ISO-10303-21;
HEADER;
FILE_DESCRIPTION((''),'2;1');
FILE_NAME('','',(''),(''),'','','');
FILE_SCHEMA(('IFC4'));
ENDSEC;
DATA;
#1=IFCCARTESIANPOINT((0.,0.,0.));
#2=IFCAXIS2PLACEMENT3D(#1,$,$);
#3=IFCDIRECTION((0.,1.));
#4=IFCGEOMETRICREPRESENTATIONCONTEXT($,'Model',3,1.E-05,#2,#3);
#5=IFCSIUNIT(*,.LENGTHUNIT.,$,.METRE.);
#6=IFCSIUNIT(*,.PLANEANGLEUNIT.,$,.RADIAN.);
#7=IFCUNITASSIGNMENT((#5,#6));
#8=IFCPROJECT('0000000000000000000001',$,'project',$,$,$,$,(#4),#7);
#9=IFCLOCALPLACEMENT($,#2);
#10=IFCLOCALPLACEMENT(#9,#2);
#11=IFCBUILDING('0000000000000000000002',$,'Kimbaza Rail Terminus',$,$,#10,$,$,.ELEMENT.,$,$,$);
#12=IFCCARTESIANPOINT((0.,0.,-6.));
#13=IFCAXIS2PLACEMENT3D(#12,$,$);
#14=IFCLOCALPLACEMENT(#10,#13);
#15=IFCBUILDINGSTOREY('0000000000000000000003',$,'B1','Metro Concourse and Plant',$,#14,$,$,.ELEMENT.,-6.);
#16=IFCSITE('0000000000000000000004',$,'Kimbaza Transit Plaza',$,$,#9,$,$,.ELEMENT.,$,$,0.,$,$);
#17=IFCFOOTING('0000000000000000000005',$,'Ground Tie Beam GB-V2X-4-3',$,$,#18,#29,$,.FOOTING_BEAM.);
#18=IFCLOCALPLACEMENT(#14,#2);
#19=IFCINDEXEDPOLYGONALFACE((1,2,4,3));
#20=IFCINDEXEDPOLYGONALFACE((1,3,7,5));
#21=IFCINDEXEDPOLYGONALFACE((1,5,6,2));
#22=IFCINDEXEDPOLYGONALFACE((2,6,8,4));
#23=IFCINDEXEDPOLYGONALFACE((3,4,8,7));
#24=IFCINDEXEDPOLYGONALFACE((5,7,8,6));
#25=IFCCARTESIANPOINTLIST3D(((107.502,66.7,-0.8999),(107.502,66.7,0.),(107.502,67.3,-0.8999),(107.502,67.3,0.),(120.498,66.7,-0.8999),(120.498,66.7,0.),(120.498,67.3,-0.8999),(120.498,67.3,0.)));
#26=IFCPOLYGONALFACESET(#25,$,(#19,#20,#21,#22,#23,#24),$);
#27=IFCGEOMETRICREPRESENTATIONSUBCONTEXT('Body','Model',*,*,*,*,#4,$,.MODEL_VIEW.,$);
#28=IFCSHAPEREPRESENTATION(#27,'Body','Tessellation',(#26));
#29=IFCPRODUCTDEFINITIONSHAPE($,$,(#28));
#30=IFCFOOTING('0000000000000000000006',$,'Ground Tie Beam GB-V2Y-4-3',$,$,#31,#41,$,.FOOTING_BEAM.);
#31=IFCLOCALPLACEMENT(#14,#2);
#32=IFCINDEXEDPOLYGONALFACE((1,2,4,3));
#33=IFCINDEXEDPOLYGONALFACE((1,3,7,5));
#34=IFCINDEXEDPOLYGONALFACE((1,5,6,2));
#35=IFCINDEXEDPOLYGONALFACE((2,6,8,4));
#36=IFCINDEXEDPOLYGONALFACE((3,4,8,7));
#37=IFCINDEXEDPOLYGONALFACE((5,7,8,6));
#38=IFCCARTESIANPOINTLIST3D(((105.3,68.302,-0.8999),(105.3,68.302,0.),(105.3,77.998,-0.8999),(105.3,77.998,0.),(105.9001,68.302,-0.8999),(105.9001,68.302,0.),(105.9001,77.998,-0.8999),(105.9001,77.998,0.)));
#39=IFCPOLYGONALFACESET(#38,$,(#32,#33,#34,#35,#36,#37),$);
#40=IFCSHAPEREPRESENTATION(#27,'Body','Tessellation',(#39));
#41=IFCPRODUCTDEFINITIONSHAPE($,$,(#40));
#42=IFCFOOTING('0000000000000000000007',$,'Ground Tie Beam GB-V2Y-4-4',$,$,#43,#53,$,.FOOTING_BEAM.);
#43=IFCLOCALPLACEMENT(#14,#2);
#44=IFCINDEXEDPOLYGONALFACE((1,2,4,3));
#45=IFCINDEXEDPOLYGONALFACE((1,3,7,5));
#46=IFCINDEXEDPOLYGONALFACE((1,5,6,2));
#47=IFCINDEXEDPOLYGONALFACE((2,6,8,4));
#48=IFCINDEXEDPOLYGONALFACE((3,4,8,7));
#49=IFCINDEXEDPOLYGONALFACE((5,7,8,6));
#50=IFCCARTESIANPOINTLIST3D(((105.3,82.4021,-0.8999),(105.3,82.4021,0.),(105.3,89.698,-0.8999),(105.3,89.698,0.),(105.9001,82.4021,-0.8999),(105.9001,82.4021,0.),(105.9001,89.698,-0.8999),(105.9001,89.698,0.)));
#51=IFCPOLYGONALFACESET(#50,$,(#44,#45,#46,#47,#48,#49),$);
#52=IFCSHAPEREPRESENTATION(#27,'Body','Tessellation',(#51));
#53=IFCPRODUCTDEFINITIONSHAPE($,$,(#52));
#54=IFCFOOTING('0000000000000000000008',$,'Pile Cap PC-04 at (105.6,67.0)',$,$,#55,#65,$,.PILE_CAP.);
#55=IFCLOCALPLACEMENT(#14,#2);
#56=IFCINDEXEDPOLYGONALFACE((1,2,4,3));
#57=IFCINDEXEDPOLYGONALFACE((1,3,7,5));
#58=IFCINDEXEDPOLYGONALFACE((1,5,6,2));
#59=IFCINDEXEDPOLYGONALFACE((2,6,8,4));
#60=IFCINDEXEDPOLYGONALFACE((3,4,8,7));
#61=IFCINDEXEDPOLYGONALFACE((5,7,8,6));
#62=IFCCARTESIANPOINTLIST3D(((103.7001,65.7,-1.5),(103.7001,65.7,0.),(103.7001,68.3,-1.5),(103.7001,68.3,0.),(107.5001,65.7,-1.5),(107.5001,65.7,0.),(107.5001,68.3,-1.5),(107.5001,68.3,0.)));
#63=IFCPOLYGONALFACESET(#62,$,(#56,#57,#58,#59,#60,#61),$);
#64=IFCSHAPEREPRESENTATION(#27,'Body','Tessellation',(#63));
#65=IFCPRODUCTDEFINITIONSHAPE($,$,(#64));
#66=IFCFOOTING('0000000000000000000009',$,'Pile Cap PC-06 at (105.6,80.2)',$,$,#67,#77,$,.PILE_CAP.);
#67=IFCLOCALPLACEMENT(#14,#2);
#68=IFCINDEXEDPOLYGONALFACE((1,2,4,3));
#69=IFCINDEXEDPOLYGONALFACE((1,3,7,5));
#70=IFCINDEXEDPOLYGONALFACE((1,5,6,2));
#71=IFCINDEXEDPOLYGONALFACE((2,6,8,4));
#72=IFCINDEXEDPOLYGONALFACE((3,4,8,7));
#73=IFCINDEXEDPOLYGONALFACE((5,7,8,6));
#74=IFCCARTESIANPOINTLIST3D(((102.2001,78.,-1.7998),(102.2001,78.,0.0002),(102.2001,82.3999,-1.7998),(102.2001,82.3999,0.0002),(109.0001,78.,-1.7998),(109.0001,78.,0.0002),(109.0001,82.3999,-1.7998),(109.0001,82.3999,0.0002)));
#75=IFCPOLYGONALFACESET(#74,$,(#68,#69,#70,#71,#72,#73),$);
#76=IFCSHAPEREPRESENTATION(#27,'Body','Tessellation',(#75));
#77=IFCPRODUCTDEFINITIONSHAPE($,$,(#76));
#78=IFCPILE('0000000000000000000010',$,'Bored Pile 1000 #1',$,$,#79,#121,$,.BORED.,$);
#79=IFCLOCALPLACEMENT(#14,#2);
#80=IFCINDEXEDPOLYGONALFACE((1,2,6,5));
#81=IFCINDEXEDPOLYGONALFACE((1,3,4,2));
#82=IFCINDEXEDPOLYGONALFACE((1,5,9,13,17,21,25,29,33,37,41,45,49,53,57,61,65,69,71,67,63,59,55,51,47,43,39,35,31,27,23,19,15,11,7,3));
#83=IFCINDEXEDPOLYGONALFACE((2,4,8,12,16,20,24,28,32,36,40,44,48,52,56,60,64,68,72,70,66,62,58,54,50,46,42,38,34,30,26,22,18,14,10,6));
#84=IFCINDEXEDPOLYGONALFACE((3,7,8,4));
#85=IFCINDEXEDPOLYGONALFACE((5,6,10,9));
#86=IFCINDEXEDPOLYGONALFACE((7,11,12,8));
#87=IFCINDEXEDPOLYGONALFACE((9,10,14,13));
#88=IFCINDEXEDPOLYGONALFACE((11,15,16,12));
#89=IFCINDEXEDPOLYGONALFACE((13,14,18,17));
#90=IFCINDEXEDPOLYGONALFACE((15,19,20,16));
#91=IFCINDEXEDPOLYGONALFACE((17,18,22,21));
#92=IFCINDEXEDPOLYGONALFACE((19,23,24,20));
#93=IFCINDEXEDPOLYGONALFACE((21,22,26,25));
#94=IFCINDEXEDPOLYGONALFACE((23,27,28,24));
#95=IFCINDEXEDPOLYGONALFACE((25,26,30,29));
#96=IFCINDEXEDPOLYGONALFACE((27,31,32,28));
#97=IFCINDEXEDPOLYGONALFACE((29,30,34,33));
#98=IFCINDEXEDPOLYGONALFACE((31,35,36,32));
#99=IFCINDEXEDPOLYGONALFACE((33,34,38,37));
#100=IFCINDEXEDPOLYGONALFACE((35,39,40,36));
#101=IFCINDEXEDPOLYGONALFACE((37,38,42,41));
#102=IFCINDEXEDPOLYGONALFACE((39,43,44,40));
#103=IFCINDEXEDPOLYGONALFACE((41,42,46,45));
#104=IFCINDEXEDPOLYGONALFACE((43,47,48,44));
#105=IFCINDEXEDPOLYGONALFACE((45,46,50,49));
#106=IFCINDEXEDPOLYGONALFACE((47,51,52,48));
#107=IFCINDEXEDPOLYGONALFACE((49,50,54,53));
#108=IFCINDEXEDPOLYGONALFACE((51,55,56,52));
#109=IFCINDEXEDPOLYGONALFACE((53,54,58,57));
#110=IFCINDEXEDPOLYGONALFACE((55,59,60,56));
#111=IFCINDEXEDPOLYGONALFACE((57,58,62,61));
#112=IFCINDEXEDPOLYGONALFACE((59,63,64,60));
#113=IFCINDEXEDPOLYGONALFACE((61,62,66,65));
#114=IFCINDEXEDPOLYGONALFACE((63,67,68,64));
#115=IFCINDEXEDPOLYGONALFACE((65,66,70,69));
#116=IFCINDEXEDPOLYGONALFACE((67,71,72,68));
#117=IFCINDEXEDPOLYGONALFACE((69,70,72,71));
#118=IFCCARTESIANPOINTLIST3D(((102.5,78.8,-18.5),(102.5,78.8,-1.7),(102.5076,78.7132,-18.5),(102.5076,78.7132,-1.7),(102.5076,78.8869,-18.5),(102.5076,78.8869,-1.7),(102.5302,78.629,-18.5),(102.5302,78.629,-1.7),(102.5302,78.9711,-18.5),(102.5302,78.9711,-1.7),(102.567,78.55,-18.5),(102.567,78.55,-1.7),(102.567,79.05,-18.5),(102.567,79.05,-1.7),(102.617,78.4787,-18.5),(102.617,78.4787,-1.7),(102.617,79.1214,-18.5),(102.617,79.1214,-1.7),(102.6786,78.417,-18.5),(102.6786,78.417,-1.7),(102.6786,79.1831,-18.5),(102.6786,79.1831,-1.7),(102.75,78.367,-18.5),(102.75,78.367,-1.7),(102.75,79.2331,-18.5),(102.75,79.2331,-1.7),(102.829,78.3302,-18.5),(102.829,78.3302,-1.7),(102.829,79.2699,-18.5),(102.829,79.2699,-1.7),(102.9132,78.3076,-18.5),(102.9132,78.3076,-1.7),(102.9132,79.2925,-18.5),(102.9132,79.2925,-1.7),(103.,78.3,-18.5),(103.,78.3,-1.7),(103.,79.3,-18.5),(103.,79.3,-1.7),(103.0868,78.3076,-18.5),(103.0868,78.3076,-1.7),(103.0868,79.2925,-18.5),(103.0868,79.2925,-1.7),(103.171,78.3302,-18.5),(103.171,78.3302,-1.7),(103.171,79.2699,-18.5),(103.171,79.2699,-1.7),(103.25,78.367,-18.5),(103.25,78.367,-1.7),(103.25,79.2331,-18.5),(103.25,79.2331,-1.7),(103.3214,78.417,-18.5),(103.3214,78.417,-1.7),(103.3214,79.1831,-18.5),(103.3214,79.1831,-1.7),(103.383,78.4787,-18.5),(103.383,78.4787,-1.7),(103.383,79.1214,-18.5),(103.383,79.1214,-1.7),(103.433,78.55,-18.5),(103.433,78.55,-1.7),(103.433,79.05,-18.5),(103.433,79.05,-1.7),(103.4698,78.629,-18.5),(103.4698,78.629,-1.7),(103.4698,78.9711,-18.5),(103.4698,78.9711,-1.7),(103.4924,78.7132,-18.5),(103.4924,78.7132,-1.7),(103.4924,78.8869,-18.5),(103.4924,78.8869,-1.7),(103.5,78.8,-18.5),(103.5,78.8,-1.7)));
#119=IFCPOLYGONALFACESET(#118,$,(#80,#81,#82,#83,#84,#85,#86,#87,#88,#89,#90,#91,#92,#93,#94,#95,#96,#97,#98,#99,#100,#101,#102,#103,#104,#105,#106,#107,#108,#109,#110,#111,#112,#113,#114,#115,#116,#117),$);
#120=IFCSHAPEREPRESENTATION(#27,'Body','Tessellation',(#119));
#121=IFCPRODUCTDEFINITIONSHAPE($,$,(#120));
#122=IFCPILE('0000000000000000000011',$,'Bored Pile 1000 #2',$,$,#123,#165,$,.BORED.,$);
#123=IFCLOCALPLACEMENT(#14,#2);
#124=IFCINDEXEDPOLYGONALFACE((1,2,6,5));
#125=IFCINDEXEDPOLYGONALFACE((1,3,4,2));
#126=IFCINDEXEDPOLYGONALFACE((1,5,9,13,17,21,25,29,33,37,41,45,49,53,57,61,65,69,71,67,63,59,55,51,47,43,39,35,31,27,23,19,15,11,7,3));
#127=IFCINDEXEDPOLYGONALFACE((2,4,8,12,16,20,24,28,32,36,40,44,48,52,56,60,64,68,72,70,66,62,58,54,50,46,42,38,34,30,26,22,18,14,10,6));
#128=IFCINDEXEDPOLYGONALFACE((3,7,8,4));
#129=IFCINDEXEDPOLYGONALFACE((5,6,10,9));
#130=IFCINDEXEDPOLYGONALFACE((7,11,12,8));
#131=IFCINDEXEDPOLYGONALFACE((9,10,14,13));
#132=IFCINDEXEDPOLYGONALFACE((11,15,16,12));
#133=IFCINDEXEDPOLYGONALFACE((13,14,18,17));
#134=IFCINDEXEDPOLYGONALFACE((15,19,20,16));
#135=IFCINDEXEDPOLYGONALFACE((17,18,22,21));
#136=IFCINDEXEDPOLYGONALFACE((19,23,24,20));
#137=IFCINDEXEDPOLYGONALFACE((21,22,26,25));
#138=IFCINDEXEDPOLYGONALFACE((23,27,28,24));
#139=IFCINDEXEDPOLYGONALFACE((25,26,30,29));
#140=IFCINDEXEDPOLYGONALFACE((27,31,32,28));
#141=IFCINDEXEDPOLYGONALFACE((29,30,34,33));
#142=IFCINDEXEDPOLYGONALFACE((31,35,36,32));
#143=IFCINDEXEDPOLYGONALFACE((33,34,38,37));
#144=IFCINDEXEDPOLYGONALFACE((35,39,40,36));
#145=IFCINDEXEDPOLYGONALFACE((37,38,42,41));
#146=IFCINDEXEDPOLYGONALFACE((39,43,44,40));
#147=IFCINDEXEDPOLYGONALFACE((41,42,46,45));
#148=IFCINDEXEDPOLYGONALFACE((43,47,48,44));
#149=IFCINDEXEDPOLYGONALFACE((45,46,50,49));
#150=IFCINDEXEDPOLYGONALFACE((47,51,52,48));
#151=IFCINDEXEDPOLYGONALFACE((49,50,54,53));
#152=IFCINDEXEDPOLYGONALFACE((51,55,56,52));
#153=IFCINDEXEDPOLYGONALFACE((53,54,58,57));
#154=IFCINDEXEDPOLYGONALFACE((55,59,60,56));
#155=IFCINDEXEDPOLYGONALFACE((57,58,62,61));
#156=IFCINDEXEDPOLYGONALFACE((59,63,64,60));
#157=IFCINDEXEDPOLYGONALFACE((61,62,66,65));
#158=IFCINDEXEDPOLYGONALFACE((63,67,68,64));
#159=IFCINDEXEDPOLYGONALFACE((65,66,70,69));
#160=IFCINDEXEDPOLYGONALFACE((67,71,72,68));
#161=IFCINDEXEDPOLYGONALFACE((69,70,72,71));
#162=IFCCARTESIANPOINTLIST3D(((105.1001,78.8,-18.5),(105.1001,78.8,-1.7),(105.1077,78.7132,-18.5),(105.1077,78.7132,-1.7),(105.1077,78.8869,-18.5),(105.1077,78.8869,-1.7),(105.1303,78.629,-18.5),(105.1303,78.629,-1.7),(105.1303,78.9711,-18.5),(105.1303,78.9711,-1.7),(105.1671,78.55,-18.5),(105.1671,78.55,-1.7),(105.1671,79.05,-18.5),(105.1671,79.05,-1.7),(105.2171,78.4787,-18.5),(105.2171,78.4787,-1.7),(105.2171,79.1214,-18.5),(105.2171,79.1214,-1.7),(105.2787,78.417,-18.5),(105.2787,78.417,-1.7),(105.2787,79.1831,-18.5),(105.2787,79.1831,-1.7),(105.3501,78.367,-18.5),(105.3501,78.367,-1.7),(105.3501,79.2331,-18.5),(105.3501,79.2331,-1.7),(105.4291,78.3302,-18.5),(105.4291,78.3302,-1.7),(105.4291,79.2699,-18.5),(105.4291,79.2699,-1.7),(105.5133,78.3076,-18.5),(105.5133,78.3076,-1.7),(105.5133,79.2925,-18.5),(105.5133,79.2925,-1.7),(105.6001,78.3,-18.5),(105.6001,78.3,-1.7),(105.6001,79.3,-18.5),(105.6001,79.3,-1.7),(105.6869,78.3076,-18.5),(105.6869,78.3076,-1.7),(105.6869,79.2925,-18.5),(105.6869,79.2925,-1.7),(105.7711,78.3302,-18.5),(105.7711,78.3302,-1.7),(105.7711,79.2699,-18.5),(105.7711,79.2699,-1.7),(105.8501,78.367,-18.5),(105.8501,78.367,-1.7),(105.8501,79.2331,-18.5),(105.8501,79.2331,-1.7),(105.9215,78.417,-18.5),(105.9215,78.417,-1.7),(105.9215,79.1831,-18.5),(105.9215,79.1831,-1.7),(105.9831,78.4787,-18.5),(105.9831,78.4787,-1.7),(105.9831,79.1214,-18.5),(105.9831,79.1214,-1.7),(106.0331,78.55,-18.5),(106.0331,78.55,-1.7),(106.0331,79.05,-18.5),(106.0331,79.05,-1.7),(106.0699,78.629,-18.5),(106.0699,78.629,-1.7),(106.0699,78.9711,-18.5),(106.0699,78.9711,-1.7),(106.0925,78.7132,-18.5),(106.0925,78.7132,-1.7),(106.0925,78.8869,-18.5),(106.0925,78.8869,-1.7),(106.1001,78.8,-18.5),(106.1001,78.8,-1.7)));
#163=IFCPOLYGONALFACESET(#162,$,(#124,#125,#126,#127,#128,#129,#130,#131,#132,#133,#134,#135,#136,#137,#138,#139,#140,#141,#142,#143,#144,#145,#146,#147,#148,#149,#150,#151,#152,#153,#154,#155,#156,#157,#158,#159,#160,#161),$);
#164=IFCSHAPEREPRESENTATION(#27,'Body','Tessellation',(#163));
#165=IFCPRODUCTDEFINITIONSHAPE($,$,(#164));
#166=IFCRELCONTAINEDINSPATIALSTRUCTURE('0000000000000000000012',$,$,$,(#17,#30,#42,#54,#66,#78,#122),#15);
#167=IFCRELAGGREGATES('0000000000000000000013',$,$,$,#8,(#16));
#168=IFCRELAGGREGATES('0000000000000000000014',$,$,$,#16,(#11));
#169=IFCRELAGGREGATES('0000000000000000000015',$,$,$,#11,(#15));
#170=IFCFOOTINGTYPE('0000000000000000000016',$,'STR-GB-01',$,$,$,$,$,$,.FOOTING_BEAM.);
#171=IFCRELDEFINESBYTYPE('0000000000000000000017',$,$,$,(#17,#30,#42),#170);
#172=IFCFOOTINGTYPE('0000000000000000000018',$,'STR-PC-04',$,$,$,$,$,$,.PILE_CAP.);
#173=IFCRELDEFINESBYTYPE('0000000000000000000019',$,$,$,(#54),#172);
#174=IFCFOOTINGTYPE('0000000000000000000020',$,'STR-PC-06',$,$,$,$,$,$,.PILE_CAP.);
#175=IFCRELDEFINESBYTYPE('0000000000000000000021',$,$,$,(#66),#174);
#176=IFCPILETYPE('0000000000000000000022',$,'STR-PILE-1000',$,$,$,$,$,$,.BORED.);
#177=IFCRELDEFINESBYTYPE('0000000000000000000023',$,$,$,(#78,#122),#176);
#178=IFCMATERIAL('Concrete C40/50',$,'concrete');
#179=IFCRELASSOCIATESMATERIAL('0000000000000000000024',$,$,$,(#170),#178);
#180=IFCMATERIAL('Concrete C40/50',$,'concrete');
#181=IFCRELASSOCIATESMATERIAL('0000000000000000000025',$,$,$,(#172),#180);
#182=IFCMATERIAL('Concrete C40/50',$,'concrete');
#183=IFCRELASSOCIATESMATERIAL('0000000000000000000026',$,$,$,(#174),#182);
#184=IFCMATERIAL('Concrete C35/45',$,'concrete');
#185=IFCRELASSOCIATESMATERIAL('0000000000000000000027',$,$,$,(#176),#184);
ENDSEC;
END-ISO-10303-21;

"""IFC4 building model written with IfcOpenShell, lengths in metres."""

from ifc_helpers import new_model, si_unit, direction, frame, origin, origin_2d, place, context, subcontext, project, spatial, rectangle, circle, extrude, material, material_profile, profile_set, type_object, element, save


model = new_model("IFC4")

# Units and contexts
model_context = context("Model", 3, precision=1e-05, world=origin(), true_north=direction((0.0, 1.0)))
body_context = subcontext(model_context, "Body", "Model", "MODEL_VIEW")
ifc_project = project(units=[si_unit("LENGTHUNIT", "METRE"), si_unit("PLANEANGLEUNIT", "RADIAN")], contexts=[model_context])

# Site, building, storey
site_placement = place(None, origin())
site = spatial("IfcSite", under=ifc_project, at=site_placement, Name="Kimbaza Transit Plaza", CompositionType="ELEMENT", RefElevation=0.0)
building_placement = place(site_placement, origin())
building = spatial("IfcBuilding", under=site, at=building_placement, Name="Kimbaza Rail Terminus", CompositionType="ELEMENT")
storey_placement = place(building_placement, frame((0.0, 0.0, -6.0)))
storey = spatial("IfcBuildingStorey", under=building, at=storey_placement, Name="B1", Description="Metro Concourse and Plant", CompositionType="ELEMENT", Elevation=-6.0)

# Footings
ifc_material_1 = material(Name="Concrete C40/50", Category="concrete")
ifc_material_profile_1 = material_profile(ifc_material_1, rectangle(XDim=0.6001, YDim=0.8999, at=origin_2d()), Name="GB-01 600x900")
ifc_profile_set_1 = profile_set([ifc_material_profile_1], Name="Concrete C40/50")
footing_type_1 = type_object("IfcFootingType", Name="STR-GB-01", PredefinedType="FOOTING_BEAM", material=ifc_profile_set_1)
footing_1_placement = place(storey_placement, frame((107.502, 67.0, -0.45), z_axis=(1.0, 0.0, 0.0), x_axis=(0.0, 1.0, 0.0)))
element("IfcFooting", 1, at=footing_1_placement, inside=storey, type_object=footing_type_1, Name="Ground Tie Beam GB-V2X-4-3", PredefinedType="FOOTING_BEAM", context=body_context, shape_type="SweptSolid", body=[
    extrude(rectangle(XDim=0.6001, YDim=0.8999, at=origin_2d()), origin(), (0.0, 0.0, 1.0), 12.9961),
])
footing_2_placement = place(storey_placement, frame((105.6001, 68.302, -0.45), z_axis=(0.0, 1.0, 0.0), x_axis=(-1.0, 0.0, 0.0)))
element("IfcFooting", 2, at=footing_2_placement, inside=storey, type_object=footing_type_1, Name="Ground Tie Beam GB-V2Y-4-3", PredefinedType="FOOTING_BEAM", context=body_context, shape_type="SweptSolid", body=[
    extrude(rectangle(XDim=0.6001, YDim=0.8999, at=origin_2d()), origin(), (0.0, 0.0, 1.0), 9.696),
])
footing_3_placement = place(storey_placement, frame((105.6001, 82.4021, -0.45), z_axis=(0.0, 1.0, 0.0), x_axis=(-1.0, 0.0, 0.0)))
element("IfcFooting", 3, at=footing_3_placement, inside=storey, type_object=footing_type_1, Name="Ground Tie Beam GB-V2Y-4-4", PredefinedType="FOOTING_BEAM", context=body_context, shape_type="SweptSolid", body=[
    extrude(rectangle(XDim=0.6001, YDim=0.8999, at=origin_2d()), origin(), (0.0, 0.0, 1.0), 7.2959),
])
ifc_material_2 = material(Name="Concrete C40/50", Category="concrete")
footing_type_2 = type_object("IfcFootingType", Name="STR-PC-04", PredefinedType="PILE_CAP", material=ifc_material_2)
footing_4_placement = place(storey_placement, frame((105.6001, 67.0, -1.5), z_axis=(0.0, 0.0, 1.0), x_axis=(1.0, 0.0, 0.0)))
element("IfcFooting", 4, at=footing_4_placement, inside=storey, type_object=footing_type_2, Name="Pile Cap PC-04 at (105.6,67.0)", PredefinedType="PILE_CAP", context=body_context, shape_type="SweptSolid", body=[
    extrude(rectangle(XDim=3.8, YDim=2.6001, at=origin_2d()), origin(), (0.0, 0.0, 1.0), 1.5),
])
ifc_material_3 = material(Name="Concrete C40/50", Category="concrete")
footing_type_3 = type_object("IfcFootingType", Name="STR-PC-06", PredefinedType="PILE_CAP", material=ifc_material_3)
footing_5_placement = place(storey_placement, frame((105.6001, 80.2, -1.7998), z_axis=(0.0, 0.0, 1.0), x_axis=(1.0, 0.0, 0.0)))
element("IfcFooting", 5, at=footing_5_placement, inside=storey, type_object=footing_type_3, Name="Pile Cap PC-06 at (105.6,80.2)", PredefinedType="PILE_CAP", context=body_context, shape_type="SweptSolid", body=[
    extrude(rectangle(XDim=6.8, YDim=4.3999, at=origin_2d()), origin(), (0.0, 0.0, 1.0), 1.8),
])

# Piles
ifc_material_4 = material(Name="Concrete C35/45", Category="concrete")
ifc_material_profile_2 = material_profile(ifc_material_4, circle(Radius=0.5, at=origin_2d()), Name="BORED PILE 1000")
ifc_profile_set_2 = profile_set([ifc_material_profile_2], Name="Concrete C35/45")
pile_type_1 = type_object("IfcPileType", Name="STR-PILE-1000", PredefinedType="BORED", material=ifc_profile_set_2)
for number, where, z_axis, x_axis, name in (
    (6, (103.0, 78.8, -1.7), (0.0, 0.0, -1.0), (1.0, 0.0, 0.0), "Bored Pile 1000 #1"),
    (7, (105.6001, 78.8, -1.7), (0.0, 0.0, -1.0), (1.0, 0.0, 0.0), "Bored Pile 1000 #2"),
):
    element("IfcPile", number, at=place(storey_placement, frame(where, z_axis=z_axis, x_axis=x_axis)), inside=storey, type_object=pile_type_1, Name=name, PredefinedType="BORED", context=body_context, shape_type="SweptSolid", body=[
        extrude(circle(Radius=0.5, at=origin_2d()), origin(), (0.0, 0.0, 1.0), 16.8),
    ])

save(model, "model.ifc")
